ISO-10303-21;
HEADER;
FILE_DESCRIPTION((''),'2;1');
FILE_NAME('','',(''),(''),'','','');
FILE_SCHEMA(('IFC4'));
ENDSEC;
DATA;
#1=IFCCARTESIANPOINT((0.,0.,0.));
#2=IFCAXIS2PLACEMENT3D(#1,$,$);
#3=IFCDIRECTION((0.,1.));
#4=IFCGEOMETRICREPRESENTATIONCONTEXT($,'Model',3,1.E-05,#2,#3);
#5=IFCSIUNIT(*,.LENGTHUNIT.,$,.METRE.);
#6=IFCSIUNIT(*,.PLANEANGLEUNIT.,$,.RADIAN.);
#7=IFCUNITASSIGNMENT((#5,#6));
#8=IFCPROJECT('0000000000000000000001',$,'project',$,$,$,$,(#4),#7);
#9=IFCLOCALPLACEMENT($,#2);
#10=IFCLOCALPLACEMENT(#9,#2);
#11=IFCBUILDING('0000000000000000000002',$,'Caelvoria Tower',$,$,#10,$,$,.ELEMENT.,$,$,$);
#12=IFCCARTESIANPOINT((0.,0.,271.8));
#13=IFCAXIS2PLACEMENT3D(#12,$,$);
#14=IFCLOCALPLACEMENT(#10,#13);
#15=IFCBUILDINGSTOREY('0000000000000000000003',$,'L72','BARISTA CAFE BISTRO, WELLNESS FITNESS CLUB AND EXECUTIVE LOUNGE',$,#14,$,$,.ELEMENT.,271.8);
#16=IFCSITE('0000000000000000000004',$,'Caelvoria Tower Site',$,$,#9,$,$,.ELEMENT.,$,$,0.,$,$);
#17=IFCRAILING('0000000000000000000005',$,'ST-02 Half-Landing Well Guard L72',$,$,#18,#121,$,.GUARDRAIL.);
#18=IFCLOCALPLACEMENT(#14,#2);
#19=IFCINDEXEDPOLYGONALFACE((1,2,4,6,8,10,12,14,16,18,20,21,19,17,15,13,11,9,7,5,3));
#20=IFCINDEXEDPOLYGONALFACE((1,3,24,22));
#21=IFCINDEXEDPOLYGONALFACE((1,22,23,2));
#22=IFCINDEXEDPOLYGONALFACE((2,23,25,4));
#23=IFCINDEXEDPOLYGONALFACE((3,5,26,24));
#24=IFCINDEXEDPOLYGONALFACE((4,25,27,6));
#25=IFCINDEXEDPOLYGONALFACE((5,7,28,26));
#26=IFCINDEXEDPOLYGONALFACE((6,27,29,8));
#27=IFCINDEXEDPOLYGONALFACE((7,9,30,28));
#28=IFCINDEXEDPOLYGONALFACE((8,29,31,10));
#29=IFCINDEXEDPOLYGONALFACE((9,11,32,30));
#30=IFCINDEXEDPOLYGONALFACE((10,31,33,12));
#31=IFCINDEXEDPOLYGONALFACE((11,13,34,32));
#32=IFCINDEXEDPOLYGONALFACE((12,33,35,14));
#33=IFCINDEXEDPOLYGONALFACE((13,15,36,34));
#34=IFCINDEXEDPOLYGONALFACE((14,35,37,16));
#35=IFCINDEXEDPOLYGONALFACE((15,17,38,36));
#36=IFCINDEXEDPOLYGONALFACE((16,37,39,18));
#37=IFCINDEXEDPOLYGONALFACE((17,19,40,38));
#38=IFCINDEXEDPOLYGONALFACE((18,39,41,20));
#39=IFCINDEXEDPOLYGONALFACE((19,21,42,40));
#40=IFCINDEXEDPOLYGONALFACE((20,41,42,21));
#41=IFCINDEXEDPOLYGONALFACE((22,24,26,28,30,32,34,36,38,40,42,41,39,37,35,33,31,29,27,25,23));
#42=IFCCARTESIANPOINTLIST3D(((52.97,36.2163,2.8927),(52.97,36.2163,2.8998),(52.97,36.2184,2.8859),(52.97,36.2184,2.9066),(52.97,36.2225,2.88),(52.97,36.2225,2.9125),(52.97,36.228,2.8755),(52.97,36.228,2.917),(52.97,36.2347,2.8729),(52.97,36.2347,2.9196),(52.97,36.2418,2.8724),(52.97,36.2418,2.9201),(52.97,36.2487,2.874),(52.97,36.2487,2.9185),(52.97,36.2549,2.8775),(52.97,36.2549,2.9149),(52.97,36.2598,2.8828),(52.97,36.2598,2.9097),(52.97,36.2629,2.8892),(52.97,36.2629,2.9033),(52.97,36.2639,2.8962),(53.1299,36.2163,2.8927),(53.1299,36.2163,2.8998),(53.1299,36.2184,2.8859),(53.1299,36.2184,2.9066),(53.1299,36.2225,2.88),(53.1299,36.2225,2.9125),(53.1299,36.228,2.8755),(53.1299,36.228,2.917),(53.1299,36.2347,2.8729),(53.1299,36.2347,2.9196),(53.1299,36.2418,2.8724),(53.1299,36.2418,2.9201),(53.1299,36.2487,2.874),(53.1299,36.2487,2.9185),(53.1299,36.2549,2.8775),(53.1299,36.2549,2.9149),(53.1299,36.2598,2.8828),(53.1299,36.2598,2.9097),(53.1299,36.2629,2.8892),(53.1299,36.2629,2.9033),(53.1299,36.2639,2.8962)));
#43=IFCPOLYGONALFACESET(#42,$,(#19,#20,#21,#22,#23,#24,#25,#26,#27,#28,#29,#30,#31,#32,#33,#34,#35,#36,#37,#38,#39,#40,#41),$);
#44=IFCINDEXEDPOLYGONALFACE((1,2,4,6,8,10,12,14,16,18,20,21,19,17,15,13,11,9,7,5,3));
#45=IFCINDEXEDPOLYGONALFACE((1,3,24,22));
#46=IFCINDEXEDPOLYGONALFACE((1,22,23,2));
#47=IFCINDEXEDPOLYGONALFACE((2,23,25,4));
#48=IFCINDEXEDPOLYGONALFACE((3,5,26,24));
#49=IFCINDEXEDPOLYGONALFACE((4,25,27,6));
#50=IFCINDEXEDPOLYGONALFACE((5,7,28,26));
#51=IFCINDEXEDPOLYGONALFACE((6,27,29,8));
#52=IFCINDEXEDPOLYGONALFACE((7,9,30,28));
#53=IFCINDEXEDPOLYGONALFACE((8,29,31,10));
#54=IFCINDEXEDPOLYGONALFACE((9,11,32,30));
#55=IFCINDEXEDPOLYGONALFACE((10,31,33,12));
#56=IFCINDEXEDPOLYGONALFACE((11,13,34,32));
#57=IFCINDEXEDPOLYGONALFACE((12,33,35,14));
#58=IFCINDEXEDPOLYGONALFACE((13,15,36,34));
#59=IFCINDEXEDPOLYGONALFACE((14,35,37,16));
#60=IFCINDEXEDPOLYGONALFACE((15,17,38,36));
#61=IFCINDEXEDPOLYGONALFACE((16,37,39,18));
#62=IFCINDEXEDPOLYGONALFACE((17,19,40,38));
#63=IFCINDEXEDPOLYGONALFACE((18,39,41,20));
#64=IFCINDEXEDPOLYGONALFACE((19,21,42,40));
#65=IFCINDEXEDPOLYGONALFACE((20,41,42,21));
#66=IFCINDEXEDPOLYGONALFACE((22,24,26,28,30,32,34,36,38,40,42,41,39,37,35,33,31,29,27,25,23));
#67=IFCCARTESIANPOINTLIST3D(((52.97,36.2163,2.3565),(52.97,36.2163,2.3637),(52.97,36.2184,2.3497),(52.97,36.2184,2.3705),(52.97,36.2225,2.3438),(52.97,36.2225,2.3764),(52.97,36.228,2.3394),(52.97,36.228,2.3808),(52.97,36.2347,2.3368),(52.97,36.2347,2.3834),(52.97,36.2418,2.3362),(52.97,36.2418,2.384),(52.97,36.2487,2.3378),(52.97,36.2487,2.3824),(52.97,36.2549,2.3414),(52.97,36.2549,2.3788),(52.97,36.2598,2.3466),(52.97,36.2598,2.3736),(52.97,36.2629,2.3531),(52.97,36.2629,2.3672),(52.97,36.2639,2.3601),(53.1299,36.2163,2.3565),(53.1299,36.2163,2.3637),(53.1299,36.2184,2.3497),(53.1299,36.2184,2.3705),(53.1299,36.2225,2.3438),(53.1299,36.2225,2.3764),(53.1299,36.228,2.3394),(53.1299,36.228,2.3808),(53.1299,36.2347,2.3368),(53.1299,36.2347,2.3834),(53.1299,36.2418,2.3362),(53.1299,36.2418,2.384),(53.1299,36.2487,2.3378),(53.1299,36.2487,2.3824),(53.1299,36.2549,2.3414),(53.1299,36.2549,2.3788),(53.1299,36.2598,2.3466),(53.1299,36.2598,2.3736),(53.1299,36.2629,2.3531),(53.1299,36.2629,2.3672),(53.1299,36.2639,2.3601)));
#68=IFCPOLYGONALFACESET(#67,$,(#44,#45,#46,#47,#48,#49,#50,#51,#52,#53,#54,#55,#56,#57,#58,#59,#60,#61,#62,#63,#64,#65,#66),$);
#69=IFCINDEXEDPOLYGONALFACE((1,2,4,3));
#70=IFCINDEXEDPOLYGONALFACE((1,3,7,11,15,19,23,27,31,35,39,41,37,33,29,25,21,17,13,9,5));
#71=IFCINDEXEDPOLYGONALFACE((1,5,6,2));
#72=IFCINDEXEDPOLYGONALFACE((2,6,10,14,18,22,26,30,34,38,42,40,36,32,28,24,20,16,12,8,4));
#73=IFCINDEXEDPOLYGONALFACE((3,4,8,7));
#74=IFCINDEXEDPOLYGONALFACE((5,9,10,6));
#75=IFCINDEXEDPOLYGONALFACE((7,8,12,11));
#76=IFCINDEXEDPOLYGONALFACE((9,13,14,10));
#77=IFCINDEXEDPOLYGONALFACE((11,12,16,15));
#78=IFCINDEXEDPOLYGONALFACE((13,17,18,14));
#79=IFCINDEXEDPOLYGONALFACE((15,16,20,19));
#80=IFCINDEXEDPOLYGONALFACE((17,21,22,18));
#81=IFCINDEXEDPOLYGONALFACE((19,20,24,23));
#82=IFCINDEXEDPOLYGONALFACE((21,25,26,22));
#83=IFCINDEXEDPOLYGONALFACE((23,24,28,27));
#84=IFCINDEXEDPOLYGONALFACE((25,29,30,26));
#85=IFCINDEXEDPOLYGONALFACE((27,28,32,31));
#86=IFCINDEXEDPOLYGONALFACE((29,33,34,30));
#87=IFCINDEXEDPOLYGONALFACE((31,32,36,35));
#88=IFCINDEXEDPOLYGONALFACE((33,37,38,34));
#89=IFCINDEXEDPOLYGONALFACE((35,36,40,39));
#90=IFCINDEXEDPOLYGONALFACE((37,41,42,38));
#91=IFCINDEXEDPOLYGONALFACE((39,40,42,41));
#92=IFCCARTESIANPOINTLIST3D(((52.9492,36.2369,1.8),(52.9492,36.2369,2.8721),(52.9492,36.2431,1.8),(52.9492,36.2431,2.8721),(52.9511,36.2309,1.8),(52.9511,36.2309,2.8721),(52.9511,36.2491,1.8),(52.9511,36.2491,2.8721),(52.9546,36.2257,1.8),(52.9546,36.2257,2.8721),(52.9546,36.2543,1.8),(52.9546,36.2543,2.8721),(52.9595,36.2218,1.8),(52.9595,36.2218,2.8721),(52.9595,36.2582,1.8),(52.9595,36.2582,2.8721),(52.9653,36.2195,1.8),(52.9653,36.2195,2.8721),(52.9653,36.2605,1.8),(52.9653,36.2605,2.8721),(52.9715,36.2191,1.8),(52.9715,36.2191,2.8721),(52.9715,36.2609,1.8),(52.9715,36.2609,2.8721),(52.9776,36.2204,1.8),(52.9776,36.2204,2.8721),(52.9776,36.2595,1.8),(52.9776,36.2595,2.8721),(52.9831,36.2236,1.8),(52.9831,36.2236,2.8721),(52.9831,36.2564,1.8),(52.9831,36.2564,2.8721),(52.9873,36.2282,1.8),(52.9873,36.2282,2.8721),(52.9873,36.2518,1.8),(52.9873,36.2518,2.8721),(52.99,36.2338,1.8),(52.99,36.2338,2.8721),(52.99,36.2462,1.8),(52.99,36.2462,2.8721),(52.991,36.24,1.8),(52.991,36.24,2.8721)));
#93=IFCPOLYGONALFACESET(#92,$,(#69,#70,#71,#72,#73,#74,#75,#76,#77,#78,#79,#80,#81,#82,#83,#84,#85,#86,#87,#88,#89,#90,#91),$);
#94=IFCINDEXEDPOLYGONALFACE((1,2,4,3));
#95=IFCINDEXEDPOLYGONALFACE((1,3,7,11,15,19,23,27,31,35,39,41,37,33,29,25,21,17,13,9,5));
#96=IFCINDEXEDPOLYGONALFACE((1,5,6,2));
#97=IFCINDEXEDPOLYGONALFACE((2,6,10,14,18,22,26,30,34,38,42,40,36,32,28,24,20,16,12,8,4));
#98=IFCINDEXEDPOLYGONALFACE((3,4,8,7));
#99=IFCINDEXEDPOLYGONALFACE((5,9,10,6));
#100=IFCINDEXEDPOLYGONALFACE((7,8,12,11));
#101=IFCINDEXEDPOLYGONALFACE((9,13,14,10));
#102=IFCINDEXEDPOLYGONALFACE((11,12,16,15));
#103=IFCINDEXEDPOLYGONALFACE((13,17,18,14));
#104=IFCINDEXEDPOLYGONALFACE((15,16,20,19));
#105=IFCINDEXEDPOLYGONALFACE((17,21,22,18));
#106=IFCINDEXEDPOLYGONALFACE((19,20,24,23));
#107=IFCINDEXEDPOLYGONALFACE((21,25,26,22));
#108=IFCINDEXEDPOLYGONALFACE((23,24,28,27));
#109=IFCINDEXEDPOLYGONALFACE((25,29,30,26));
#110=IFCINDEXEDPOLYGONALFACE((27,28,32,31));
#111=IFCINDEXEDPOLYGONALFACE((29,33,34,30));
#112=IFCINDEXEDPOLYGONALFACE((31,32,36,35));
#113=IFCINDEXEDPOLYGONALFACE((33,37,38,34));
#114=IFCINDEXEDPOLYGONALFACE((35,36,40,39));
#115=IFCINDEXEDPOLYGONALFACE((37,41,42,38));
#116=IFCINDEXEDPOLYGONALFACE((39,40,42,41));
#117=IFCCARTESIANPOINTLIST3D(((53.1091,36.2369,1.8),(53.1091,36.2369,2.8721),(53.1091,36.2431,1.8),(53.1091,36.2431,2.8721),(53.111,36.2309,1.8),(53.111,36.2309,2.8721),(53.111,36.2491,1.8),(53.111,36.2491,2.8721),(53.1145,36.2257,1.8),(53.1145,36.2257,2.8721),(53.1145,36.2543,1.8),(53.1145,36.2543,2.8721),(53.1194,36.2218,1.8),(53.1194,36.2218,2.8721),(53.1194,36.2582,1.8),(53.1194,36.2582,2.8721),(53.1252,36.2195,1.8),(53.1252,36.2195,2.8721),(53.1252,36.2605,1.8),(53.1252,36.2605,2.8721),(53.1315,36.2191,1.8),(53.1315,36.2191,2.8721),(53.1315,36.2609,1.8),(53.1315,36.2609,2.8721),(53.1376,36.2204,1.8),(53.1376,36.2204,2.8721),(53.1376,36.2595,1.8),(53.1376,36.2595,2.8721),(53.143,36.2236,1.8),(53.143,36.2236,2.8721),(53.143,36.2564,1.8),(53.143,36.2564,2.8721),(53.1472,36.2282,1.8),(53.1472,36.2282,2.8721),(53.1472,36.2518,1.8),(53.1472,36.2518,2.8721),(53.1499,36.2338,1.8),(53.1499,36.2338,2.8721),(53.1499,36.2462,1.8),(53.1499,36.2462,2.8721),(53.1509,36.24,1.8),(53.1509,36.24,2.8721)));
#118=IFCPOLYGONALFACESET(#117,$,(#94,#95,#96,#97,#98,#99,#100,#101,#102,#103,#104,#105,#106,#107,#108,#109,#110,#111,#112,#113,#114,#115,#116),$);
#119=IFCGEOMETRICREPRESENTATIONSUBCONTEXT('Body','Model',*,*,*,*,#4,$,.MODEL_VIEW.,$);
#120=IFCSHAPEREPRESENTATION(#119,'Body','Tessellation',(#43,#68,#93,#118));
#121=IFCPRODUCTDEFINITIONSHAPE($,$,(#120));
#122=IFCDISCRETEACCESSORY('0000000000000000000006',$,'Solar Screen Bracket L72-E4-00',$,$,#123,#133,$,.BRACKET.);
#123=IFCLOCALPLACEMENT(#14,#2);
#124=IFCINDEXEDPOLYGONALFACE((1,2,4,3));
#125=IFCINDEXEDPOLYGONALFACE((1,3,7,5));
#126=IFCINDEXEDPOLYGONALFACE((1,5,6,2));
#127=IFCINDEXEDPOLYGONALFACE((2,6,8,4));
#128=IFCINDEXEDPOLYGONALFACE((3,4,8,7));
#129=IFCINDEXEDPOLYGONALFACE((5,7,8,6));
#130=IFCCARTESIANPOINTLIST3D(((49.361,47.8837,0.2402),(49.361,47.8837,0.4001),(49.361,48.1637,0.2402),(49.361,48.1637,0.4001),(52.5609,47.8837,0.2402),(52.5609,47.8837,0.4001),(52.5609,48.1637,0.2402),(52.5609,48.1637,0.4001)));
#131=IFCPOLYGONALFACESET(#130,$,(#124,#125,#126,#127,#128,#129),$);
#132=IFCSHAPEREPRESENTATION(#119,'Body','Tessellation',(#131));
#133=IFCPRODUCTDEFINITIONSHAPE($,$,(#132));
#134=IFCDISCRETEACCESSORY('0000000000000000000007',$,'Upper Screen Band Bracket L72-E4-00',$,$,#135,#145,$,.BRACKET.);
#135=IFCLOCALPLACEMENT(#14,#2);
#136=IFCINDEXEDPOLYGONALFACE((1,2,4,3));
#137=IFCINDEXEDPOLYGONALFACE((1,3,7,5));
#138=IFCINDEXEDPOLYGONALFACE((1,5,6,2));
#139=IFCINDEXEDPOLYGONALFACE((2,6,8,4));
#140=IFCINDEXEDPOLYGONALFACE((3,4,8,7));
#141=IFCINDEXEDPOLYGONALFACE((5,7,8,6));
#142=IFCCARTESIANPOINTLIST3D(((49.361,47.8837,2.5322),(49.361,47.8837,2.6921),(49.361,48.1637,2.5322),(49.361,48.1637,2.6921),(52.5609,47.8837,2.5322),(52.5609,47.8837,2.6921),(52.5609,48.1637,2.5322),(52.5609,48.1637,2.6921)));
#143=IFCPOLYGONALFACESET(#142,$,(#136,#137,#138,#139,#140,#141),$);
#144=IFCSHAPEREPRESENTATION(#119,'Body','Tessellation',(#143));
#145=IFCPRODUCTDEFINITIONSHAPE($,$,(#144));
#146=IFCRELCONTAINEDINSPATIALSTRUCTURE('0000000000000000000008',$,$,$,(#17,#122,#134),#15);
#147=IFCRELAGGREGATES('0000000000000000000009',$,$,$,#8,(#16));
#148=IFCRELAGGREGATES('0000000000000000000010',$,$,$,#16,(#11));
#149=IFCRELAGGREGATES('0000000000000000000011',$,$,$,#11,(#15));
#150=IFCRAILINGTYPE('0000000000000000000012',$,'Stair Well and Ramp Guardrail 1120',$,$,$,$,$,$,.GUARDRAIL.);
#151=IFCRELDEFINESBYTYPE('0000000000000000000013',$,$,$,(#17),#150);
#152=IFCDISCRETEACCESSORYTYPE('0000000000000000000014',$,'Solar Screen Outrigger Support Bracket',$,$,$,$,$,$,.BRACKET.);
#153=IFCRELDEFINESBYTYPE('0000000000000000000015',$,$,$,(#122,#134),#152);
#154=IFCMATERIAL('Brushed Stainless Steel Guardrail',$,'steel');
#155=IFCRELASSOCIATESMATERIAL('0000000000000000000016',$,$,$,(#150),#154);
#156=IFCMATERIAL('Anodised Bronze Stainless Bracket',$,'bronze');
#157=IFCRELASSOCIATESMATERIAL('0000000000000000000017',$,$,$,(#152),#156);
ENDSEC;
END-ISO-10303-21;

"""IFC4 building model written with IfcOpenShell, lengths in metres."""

from ifc_helpers import new_model, si_unit, direction, frame, origin, origin_2d, place, context, subcontext, project, spatial, rectangle, circle, extrude, material, type_object, element, save


model = new_model("IFC4")

# Units and contexts
model_context = context("Model", 3, precision=1e-05, world=origin(), true_north=direction((0.0, 1.0)))
body_context = subcontext(model_context, "Body", "Model", "MODEL_VIEW")
ifc_project = project(units=[si_unit("LENGTHUNIT", "METRE"), si_unit("PLANEANGLEUNIT", "RADIAN")], contexts=[model_context])

# Site, building, storey
site_placement = place(None, origin())
site = spatial("IfcSite", under=ifc_project, at=site_placement, Name="Caelvoria Tower Site", CompositionType="ELEMENT", RefElevation=0.0)
building_placement = place(site_placement, origin())
building = spatial("IfcBuilding", under=site, at=building_placement, Name="Caelvoria Tower", CompositionType="ELEMENT")
storey_placement = place(building_placement, frame((0.0, 0.0, 271.8)))
storey = spatial("IfcBuildingStorey", under=building, at=storey_placement, Name="L72", Description="BARISTA CAFE BISTRO, WELLNESS FITNESS CLUB AND EXECUTIVE LOUNGE", CompositionType="ELEMENT", Elevation=271.8)

# Railing
ifc_material_1 = material(Name="Brushed Stainless Steel Guardrail", Category="steel")
railing_type_1 = type_object("IfcRailingType", Name="Stair Well and Ramp Guardrail 1120", PredefinedType="GUARDRAIL", material=ifc_material_1)
railing_1_placement = place(storey_placement, frame((52.97, 36.24, 1.8)))
element("IfcRailing", 1, at=railing_1_placement, inside=storey, type_object=railing_type_1, Name="ST-02 Half-Landing Well Guard L72", PredefinedType="GUARDRAIL", context=body_context, shape_type="SweptSolid", body=[
    extrude(circle(Radius=0.0239, at=origin_2d()), frame((0.0, 0.0, 1.0962), z_axis=(1.0, 0.0, 0.0), x_axis=(0.0, 1.0, 0.0)), (0.0, 0.0, 1.0), 0.1599),
    extrude(circle(Radius=0.0239, at=origin_2d()), frame((0.0, 0.0, 0.5601), z_axis=(1.0, 0.0, 0.0), x_axis=(0.0, 1.0, 0.0)), (0.0, 0.0, 1.0), 0.1599),
    extrude(circle(Radius=0.021, at=origin_2d()), origin(), (0.0, 0.0, 1.0), 1.072),
    extrude(circle(Radius=0.021, at=origin_2d()), frame((0.1599, 0.0, 0.0)), (0.0, 0.0, 1.0), 1.072),
])

# Discrete accessories
ifc_material_2 = material(Name="Anodised Bronze Stainless Bracket", Category="bronze")
discrete_accessory_type = type_object("IfcDiscreteAccessoryType", Name="Solar Screen Outrigger Support Bracket", PredefinedType="BRACKET", material=ifc_material_2)
for number, where, z_axis, x_axis, name in (
    (2, (50.9609, 48.0237, 0.2402), (0.0, 0.0, 1.0), (-1.0, 0.0, 0.0), "Solar Screen Bracket L72-E4-00"),
    (3, (50.9609, 48.0237, 2.5322), (0.0, 0.0, 1.0), (-1.0, 0.0, 0.0), "Upper Screen Band Bracket L72-E4-00"),
):
    element("IfcDiscreteAccessory", number, at=place(storey_placement, frame(where, z_axis=z_axis, x_axis=x_axis)), inside=storey, type_object=discrete_accessory_type, Name=name, PredefinedType="BRACKET", context=body_context, shape_type="SweptSolid", body=[
        extrude(rectangle(XDim=3.2, YDim=0.28, at=origin_2d()), origin(), (0.0, 0.0, 1.0), 0.1599),
    ])

save(model, "model.ifc")
